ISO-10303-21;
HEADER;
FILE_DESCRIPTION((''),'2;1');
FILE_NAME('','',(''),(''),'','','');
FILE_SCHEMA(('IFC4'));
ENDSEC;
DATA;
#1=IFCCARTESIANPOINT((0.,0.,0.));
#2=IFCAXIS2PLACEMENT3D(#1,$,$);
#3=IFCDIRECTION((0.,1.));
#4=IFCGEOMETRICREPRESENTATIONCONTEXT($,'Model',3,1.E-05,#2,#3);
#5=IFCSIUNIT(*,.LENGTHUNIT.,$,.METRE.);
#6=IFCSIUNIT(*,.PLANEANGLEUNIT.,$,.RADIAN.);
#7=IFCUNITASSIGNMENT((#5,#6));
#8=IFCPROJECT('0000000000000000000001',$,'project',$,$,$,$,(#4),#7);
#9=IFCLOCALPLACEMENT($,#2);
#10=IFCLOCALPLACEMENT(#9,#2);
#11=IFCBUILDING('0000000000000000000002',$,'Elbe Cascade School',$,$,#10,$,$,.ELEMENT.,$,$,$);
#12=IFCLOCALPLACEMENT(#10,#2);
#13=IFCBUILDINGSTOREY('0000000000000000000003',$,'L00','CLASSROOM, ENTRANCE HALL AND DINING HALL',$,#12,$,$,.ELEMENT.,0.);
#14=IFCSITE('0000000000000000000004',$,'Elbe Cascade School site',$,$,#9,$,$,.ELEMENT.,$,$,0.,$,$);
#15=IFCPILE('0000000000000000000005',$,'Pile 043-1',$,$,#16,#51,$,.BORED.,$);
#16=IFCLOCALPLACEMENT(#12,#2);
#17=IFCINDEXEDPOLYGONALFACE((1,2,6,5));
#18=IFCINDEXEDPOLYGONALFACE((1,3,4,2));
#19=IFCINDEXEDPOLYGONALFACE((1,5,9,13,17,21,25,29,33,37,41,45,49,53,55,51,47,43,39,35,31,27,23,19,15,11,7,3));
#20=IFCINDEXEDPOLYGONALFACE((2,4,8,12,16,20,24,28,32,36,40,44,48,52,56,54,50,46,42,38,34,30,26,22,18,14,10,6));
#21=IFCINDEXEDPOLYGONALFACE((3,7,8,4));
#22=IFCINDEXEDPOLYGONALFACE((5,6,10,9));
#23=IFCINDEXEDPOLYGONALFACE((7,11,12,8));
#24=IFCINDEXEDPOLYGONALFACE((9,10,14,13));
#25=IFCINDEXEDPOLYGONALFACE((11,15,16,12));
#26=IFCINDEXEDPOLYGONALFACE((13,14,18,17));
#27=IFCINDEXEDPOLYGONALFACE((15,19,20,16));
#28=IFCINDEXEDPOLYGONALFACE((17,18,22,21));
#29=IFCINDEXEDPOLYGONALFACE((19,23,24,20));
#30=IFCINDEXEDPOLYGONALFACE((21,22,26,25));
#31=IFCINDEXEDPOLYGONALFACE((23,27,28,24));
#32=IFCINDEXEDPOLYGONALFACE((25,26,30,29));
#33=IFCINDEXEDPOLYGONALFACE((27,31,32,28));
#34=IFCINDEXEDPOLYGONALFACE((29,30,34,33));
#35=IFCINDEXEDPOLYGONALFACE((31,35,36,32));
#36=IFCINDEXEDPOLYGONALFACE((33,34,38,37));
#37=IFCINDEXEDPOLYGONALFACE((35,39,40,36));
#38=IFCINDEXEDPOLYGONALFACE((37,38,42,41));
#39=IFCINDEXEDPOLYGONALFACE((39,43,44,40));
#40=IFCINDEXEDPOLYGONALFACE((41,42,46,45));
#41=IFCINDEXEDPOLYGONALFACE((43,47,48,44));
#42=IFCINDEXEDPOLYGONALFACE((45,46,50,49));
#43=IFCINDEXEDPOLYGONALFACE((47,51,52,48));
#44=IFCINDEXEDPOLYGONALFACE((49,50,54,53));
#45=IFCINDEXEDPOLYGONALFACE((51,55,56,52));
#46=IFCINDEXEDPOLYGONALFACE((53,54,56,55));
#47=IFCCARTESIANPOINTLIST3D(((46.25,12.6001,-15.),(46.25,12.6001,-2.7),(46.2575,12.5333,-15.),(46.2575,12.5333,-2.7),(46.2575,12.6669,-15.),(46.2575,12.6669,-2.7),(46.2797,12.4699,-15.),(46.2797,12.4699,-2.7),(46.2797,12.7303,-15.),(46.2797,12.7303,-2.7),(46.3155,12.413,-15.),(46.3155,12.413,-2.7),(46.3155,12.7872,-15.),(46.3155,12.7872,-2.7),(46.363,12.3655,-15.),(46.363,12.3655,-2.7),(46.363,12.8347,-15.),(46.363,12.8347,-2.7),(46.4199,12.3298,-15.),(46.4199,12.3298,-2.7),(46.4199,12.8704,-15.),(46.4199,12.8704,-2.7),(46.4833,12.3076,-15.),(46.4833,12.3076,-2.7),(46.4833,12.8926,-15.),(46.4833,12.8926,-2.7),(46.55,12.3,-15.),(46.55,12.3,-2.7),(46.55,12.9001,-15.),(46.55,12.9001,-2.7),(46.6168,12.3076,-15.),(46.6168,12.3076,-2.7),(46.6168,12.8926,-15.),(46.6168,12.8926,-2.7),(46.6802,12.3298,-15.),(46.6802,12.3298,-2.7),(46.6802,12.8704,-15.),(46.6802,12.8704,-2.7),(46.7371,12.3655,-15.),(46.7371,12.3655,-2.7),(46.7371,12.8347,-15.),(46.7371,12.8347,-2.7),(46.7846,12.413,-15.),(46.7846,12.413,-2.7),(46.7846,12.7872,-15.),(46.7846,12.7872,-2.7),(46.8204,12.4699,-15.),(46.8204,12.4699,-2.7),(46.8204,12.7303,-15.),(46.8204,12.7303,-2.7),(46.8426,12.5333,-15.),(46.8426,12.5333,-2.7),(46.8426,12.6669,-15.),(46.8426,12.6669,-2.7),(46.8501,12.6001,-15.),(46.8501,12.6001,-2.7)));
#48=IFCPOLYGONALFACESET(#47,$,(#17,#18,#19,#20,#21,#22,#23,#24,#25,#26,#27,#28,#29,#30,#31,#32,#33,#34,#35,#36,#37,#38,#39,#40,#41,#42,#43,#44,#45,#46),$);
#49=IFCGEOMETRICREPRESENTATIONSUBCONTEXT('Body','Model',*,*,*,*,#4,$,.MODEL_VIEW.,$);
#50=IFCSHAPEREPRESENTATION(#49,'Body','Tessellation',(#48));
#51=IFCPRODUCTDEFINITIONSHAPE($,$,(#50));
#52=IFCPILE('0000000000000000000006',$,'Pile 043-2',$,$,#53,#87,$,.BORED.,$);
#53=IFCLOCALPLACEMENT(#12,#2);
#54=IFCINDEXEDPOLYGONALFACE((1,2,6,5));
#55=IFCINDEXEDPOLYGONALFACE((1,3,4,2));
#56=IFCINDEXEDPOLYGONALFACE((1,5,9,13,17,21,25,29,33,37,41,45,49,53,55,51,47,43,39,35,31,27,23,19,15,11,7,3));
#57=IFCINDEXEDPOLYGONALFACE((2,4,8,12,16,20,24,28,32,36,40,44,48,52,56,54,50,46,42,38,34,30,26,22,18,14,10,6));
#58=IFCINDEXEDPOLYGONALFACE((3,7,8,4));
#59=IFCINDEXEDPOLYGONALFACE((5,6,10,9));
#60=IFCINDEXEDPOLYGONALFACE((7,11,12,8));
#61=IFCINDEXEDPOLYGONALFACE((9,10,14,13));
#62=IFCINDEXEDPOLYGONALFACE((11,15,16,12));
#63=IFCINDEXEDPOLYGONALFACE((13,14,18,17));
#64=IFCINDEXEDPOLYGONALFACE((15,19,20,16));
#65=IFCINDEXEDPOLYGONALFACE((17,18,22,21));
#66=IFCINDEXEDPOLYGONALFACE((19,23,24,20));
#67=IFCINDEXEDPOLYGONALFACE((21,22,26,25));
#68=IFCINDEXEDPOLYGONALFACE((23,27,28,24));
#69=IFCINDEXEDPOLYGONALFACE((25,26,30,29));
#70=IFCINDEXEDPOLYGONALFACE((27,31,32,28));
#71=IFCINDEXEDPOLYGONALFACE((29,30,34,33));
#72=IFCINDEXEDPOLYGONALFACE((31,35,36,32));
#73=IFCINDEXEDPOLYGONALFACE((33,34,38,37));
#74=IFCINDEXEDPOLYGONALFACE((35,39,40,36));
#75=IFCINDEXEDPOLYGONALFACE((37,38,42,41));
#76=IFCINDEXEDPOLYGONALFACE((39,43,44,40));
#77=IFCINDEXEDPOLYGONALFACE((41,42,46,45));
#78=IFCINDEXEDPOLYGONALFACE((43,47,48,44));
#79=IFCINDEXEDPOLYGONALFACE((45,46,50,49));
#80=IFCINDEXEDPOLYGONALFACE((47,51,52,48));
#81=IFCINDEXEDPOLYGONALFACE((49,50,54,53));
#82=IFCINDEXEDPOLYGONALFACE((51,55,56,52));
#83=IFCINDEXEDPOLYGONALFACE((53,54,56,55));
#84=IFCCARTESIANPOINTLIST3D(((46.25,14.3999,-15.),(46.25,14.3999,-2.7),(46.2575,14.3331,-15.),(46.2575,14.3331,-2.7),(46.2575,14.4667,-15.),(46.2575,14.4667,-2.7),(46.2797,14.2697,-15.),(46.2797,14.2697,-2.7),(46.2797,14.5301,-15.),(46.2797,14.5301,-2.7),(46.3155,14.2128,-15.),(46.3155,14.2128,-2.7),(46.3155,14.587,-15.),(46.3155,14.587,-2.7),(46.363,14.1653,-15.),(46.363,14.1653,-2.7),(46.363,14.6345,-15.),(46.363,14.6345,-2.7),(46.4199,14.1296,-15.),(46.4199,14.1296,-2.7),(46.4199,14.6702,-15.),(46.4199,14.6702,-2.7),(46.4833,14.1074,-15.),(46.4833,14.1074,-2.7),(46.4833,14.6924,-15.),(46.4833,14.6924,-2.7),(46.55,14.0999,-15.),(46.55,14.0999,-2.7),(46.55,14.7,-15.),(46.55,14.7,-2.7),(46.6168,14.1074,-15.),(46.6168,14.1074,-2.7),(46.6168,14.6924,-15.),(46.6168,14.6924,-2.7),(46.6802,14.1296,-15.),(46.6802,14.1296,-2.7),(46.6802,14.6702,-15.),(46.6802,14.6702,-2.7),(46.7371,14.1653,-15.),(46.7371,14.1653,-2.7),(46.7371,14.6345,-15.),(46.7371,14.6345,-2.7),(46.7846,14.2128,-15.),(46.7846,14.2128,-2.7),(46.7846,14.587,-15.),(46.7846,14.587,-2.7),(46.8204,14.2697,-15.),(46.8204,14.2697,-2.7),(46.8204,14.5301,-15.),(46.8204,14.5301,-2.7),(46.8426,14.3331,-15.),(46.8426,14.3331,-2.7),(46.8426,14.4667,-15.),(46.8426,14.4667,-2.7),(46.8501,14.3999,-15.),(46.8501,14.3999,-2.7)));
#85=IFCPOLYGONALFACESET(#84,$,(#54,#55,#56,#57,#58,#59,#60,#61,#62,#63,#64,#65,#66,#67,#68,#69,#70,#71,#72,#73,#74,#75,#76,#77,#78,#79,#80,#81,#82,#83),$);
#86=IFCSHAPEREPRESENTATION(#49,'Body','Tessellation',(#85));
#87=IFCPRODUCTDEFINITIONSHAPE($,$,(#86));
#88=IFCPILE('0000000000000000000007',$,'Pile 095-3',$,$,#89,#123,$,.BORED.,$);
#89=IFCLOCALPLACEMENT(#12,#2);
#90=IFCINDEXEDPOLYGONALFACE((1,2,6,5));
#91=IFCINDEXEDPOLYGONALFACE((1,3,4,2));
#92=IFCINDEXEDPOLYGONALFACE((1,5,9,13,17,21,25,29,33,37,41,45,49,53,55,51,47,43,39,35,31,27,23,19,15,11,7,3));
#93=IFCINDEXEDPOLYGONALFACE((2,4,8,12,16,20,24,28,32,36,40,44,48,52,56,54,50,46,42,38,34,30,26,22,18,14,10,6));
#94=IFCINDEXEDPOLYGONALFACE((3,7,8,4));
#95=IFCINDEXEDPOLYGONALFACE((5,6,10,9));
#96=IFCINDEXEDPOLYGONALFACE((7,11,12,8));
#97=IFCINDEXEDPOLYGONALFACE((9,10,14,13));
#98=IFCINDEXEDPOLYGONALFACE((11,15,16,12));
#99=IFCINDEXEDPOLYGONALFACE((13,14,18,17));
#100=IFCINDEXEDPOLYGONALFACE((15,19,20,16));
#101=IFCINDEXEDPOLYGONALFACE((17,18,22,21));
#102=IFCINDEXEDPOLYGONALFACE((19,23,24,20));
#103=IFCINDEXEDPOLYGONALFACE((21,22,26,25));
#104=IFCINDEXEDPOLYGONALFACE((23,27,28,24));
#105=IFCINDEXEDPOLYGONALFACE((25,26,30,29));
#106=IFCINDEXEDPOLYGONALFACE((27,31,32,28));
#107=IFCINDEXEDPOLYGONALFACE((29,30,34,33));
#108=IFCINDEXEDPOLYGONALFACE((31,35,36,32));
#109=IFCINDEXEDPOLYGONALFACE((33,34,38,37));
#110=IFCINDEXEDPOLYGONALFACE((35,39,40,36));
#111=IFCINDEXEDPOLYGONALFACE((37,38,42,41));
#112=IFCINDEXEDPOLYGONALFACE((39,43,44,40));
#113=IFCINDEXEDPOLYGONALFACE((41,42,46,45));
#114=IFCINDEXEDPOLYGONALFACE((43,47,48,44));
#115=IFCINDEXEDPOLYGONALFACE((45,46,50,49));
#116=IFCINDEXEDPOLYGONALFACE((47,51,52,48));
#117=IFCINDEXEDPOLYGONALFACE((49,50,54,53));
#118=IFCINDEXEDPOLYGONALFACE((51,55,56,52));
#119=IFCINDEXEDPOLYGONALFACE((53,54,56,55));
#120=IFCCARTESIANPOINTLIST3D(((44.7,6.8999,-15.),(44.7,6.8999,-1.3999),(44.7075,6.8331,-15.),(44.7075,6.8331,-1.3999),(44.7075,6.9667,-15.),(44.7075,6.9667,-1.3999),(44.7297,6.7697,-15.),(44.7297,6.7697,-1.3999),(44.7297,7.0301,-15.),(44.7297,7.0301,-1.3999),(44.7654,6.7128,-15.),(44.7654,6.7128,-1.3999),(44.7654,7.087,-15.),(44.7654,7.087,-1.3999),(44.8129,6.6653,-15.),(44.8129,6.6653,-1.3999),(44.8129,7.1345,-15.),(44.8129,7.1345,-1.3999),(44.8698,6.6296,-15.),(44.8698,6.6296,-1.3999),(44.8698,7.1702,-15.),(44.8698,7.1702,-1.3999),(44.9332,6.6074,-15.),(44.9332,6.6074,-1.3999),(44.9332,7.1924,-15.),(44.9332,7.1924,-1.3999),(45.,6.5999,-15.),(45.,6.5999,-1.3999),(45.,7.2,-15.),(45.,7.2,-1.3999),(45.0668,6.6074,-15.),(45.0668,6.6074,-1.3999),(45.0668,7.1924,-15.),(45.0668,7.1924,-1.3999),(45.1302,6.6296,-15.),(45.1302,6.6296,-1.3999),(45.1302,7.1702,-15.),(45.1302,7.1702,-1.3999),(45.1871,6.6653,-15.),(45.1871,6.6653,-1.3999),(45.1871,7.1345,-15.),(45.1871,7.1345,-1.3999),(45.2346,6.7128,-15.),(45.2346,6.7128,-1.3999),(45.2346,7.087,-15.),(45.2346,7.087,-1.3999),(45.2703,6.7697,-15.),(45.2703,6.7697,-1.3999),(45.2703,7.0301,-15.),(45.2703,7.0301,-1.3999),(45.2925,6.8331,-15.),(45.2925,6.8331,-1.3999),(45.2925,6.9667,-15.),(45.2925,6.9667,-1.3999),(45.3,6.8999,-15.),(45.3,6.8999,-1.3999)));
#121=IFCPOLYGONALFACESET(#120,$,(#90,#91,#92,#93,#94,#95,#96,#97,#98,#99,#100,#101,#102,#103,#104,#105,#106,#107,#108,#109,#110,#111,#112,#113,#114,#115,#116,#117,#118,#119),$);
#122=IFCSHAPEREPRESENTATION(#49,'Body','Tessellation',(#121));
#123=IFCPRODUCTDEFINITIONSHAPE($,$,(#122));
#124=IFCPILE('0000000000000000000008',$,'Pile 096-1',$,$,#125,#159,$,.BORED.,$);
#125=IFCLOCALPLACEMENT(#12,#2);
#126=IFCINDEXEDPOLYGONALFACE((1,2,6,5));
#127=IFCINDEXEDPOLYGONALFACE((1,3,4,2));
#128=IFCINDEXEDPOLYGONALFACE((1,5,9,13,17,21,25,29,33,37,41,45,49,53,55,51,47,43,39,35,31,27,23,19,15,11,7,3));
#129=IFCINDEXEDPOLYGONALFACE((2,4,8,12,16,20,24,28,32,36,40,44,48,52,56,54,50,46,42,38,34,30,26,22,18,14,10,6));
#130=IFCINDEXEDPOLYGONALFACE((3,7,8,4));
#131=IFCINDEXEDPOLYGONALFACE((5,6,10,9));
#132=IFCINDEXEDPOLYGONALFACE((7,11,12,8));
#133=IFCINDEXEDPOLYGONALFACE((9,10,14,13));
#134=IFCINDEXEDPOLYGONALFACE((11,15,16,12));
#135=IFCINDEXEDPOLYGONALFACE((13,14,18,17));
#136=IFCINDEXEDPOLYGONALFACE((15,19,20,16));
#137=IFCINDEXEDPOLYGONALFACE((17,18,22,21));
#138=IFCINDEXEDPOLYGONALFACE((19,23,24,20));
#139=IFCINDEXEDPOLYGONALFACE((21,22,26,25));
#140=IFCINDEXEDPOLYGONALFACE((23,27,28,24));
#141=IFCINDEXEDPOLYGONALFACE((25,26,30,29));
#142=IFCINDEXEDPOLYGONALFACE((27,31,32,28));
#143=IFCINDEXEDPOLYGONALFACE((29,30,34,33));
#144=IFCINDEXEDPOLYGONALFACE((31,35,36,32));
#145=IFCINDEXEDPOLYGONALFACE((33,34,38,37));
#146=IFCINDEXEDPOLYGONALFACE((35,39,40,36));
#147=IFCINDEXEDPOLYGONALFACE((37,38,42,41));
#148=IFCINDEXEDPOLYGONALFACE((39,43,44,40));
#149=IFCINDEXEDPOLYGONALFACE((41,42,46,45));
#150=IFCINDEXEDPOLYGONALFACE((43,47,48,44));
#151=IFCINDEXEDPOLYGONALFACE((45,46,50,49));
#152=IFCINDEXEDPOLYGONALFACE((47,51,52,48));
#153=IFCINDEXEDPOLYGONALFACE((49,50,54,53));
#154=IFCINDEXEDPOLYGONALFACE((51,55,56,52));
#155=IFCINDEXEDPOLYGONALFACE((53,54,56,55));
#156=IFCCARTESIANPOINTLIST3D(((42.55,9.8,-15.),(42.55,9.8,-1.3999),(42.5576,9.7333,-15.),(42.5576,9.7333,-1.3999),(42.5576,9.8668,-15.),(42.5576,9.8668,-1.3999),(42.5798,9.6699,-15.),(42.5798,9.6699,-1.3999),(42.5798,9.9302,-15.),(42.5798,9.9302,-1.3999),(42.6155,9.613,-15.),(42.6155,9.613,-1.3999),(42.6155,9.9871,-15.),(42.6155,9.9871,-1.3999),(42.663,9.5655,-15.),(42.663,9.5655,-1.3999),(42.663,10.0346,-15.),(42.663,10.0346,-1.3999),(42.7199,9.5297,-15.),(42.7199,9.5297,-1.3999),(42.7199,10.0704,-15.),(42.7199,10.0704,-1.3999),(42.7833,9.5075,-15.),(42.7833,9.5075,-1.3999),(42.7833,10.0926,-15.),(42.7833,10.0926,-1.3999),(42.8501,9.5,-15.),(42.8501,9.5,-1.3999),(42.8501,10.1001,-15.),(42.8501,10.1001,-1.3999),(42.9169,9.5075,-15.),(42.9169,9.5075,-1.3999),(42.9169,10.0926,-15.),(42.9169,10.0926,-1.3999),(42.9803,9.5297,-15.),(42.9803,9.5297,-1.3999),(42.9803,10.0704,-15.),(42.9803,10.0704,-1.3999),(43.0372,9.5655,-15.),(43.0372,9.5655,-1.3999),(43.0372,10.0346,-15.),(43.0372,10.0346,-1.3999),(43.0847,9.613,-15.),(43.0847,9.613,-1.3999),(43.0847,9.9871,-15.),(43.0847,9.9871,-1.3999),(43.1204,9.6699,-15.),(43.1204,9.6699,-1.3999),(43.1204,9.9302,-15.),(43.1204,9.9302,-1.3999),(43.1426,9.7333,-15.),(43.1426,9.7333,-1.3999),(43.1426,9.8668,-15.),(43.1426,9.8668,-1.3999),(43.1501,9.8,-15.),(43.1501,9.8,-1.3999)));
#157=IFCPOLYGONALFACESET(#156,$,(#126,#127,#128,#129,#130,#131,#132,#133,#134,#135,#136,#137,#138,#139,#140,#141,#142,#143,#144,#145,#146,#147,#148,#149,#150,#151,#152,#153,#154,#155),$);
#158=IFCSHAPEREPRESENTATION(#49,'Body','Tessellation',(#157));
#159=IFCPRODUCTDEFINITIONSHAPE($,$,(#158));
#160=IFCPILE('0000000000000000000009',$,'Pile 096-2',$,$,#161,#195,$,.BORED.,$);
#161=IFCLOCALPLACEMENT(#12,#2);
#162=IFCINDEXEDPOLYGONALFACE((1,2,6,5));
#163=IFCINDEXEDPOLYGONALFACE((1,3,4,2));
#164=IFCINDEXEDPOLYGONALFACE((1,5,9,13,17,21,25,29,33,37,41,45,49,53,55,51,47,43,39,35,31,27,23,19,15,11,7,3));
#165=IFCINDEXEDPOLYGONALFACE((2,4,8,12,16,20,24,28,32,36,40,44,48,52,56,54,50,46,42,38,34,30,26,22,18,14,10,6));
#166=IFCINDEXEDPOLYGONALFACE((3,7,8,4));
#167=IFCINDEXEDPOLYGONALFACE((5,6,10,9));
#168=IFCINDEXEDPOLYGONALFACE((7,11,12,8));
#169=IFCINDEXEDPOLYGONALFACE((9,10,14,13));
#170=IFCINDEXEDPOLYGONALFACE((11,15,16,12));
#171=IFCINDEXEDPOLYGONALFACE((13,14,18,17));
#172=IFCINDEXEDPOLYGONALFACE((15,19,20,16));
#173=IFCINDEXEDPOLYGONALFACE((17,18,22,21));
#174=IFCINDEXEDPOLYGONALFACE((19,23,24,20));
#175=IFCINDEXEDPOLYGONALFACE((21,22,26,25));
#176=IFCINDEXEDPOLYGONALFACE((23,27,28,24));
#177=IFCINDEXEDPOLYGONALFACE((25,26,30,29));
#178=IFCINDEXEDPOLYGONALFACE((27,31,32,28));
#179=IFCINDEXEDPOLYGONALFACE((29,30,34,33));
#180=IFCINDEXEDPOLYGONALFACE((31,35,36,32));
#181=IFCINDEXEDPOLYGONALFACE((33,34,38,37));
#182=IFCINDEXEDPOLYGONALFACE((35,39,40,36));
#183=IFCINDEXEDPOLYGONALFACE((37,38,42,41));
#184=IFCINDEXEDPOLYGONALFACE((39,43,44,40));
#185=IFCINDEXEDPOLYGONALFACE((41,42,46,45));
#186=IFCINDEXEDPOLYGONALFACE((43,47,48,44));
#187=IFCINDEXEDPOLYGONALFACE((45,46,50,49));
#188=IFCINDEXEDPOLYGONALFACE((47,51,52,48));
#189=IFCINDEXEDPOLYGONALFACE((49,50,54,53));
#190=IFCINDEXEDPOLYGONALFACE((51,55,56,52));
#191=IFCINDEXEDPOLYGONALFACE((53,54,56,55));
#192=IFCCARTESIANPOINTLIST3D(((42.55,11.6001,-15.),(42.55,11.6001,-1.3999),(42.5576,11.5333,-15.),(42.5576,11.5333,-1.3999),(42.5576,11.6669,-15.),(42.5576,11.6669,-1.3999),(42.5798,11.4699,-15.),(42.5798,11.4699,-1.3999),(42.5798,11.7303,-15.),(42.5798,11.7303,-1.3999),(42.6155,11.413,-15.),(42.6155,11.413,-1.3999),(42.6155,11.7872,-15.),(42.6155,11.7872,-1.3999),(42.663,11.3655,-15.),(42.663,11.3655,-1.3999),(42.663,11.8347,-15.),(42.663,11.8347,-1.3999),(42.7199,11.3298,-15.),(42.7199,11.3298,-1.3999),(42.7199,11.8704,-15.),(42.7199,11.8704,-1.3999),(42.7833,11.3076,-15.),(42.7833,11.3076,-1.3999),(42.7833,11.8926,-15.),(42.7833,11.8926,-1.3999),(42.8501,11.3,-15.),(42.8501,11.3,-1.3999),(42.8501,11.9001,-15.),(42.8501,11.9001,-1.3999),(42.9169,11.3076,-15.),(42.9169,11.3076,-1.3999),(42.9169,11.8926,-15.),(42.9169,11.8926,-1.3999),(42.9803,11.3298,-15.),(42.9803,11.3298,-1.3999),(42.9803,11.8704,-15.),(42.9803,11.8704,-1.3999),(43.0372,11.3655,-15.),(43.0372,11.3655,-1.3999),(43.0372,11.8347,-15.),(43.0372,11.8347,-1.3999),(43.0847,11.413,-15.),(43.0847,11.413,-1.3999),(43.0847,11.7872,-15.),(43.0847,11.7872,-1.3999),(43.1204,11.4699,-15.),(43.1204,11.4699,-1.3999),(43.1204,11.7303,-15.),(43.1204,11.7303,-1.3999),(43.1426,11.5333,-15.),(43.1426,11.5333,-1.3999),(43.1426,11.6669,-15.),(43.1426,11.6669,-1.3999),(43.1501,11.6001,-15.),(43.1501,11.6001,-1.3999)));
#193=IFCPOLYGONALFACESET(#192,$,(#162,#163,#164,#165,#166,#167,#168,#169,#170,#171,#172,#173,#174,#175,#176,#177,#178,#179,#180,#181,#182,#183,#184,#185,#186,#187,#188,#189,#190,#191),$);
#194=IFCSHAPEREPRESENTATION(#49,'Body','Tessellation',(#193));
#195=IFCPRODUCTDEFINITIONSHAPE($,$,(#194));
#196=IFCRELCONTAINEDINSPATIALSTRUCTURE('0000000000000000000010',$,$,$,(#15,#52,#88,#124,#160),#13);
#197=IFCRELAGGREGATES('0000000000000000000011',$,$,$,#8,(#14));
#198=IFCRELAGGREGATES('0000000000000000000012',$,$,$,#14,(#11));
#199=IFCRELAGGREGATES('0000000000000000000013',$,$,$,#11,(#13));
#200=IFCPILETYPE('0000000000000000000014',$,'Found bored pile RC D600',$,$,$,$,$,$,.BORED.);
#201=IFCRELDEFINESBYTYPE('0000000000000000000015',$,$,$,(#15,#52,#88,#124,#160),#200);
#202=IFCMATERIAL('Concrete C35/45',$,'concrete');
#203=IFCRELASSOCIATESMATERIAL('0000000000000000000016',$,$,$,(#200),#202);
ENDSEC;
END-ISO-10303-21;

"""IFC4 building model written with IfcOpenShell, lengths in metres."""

from ifc_helpers import new_model, si_unit, direction, frame, origin, origin_2d, place, context, subcontext, project, spatial, circle, extrude, material, material_profile, profile_set, type_object, element, save


model = new_model("IFC4")

# Units and contexts
model_context = context("Model", 3, precision=1e-05, world=origin(), true_north=direction((0.0, 1.0)))
body_context = subcontext(model_context, "Body", "Model", "MODEL_VIEW")
ifc_project = project(units=[si_unit("LENGTHUNIT", "METRE"), si_unit("PLANEANGLEUNIT", "RADIAN")], contexts=[model_context])

# Site, building, storey
site_placement = place(None, origin())
site = spatial("IfcSite", under=ifc_project, at=site_placement, Name="Elbe Cascade School site", CompositionType="ELEMENT", RefElevation=0.0)
building_placement = place(site_placement, origin())
building = spatial("IfcBuilding", under=site, at=building_placement, Name="Elbe Cascade School", CompositionType="ELEMENT")
storey_placement = place(building_placement, origin())
storey = spatial("IfcBuildingStorey", under=building, at=storey_placement, Name="L00", Description="CLASSROOM, ENTRANCE HALL AND DINING HALL", CompositionType="ELEMENT", Elevation=0.0)

# Piles
ifc_material_1 = material(Name="Concrete C35/45", Category="concrete")
ifc_material_profile_1 = material_profile(ifc_material_1, circle(Radius=0.3, at=origin_2d()), Name="RC D600")
ifc_profile_set_1 = profile_set([ifc_material_profile_1], Name="Concrete C35/45")
pile_type = type_object("IfcPileType", Name="Found bored pile RC D600", PredefinedType="BORED", material=ifc_profile_set_1)
for number, where, z_axis, x_axis, name in (
    (1, (46.55, 12.6001, -2.7), (0.0, 0.0, -1.0), (1.0, 0.0, 0.0), "Pile 043-1"),
    (2, (46.55, 14.3999, -2.7), (0.0, 0.0, -1.0), (1.0, 0.0, 0.0), "Pile 043-2"),
):
    element("IfcPile", number, at=place(storey_placement, frame(where, z_axis=z_axis, x_axis=x_axis)), inside=storey, type_object=pile_type, Name=name, PredefinedType="BORED", context=body_context, shape_type="SweptSolid", body=[
        extrude(circle(Radius=0.3, at=origin_2d()), origin(), (0.0, 0.0, 1.0), 12.3),
    ])
for number, where, z_axis, x_axis, name in (
    (3, (45.0, 6.8999, -1.3999), (0.0, 0.0, -1.0), (1.0, 0.0, 0.0), "Pile 095-3"),
    (4, (42.8501, 9.8, -1.3999), (0.0, 0.0, -1.0), (1.0, 0.0, 0.0), "Pile 096-1"),
    (5, (42.8501, 11.6001, -1.3999), (0.0, 0.0, -1.0), (1.0, 0.0, 0.0), "Pile 096-2"),
):
    element("IfcPile", number, at=place(storey_placement, frame(where, z_axis=z_axis, x_axis=x_axis)), inside=storey, type_object=pile_type, Name=name, PredefinedType="BORED", context=body_context, shape_type="SweptSolid", body=[
        extrude(circle(Radius=0.3, at=origin_2d()), origin(), (0.0, 0.0, 1.0), 13.6001),
    ])

save(model, "model.ifc")
